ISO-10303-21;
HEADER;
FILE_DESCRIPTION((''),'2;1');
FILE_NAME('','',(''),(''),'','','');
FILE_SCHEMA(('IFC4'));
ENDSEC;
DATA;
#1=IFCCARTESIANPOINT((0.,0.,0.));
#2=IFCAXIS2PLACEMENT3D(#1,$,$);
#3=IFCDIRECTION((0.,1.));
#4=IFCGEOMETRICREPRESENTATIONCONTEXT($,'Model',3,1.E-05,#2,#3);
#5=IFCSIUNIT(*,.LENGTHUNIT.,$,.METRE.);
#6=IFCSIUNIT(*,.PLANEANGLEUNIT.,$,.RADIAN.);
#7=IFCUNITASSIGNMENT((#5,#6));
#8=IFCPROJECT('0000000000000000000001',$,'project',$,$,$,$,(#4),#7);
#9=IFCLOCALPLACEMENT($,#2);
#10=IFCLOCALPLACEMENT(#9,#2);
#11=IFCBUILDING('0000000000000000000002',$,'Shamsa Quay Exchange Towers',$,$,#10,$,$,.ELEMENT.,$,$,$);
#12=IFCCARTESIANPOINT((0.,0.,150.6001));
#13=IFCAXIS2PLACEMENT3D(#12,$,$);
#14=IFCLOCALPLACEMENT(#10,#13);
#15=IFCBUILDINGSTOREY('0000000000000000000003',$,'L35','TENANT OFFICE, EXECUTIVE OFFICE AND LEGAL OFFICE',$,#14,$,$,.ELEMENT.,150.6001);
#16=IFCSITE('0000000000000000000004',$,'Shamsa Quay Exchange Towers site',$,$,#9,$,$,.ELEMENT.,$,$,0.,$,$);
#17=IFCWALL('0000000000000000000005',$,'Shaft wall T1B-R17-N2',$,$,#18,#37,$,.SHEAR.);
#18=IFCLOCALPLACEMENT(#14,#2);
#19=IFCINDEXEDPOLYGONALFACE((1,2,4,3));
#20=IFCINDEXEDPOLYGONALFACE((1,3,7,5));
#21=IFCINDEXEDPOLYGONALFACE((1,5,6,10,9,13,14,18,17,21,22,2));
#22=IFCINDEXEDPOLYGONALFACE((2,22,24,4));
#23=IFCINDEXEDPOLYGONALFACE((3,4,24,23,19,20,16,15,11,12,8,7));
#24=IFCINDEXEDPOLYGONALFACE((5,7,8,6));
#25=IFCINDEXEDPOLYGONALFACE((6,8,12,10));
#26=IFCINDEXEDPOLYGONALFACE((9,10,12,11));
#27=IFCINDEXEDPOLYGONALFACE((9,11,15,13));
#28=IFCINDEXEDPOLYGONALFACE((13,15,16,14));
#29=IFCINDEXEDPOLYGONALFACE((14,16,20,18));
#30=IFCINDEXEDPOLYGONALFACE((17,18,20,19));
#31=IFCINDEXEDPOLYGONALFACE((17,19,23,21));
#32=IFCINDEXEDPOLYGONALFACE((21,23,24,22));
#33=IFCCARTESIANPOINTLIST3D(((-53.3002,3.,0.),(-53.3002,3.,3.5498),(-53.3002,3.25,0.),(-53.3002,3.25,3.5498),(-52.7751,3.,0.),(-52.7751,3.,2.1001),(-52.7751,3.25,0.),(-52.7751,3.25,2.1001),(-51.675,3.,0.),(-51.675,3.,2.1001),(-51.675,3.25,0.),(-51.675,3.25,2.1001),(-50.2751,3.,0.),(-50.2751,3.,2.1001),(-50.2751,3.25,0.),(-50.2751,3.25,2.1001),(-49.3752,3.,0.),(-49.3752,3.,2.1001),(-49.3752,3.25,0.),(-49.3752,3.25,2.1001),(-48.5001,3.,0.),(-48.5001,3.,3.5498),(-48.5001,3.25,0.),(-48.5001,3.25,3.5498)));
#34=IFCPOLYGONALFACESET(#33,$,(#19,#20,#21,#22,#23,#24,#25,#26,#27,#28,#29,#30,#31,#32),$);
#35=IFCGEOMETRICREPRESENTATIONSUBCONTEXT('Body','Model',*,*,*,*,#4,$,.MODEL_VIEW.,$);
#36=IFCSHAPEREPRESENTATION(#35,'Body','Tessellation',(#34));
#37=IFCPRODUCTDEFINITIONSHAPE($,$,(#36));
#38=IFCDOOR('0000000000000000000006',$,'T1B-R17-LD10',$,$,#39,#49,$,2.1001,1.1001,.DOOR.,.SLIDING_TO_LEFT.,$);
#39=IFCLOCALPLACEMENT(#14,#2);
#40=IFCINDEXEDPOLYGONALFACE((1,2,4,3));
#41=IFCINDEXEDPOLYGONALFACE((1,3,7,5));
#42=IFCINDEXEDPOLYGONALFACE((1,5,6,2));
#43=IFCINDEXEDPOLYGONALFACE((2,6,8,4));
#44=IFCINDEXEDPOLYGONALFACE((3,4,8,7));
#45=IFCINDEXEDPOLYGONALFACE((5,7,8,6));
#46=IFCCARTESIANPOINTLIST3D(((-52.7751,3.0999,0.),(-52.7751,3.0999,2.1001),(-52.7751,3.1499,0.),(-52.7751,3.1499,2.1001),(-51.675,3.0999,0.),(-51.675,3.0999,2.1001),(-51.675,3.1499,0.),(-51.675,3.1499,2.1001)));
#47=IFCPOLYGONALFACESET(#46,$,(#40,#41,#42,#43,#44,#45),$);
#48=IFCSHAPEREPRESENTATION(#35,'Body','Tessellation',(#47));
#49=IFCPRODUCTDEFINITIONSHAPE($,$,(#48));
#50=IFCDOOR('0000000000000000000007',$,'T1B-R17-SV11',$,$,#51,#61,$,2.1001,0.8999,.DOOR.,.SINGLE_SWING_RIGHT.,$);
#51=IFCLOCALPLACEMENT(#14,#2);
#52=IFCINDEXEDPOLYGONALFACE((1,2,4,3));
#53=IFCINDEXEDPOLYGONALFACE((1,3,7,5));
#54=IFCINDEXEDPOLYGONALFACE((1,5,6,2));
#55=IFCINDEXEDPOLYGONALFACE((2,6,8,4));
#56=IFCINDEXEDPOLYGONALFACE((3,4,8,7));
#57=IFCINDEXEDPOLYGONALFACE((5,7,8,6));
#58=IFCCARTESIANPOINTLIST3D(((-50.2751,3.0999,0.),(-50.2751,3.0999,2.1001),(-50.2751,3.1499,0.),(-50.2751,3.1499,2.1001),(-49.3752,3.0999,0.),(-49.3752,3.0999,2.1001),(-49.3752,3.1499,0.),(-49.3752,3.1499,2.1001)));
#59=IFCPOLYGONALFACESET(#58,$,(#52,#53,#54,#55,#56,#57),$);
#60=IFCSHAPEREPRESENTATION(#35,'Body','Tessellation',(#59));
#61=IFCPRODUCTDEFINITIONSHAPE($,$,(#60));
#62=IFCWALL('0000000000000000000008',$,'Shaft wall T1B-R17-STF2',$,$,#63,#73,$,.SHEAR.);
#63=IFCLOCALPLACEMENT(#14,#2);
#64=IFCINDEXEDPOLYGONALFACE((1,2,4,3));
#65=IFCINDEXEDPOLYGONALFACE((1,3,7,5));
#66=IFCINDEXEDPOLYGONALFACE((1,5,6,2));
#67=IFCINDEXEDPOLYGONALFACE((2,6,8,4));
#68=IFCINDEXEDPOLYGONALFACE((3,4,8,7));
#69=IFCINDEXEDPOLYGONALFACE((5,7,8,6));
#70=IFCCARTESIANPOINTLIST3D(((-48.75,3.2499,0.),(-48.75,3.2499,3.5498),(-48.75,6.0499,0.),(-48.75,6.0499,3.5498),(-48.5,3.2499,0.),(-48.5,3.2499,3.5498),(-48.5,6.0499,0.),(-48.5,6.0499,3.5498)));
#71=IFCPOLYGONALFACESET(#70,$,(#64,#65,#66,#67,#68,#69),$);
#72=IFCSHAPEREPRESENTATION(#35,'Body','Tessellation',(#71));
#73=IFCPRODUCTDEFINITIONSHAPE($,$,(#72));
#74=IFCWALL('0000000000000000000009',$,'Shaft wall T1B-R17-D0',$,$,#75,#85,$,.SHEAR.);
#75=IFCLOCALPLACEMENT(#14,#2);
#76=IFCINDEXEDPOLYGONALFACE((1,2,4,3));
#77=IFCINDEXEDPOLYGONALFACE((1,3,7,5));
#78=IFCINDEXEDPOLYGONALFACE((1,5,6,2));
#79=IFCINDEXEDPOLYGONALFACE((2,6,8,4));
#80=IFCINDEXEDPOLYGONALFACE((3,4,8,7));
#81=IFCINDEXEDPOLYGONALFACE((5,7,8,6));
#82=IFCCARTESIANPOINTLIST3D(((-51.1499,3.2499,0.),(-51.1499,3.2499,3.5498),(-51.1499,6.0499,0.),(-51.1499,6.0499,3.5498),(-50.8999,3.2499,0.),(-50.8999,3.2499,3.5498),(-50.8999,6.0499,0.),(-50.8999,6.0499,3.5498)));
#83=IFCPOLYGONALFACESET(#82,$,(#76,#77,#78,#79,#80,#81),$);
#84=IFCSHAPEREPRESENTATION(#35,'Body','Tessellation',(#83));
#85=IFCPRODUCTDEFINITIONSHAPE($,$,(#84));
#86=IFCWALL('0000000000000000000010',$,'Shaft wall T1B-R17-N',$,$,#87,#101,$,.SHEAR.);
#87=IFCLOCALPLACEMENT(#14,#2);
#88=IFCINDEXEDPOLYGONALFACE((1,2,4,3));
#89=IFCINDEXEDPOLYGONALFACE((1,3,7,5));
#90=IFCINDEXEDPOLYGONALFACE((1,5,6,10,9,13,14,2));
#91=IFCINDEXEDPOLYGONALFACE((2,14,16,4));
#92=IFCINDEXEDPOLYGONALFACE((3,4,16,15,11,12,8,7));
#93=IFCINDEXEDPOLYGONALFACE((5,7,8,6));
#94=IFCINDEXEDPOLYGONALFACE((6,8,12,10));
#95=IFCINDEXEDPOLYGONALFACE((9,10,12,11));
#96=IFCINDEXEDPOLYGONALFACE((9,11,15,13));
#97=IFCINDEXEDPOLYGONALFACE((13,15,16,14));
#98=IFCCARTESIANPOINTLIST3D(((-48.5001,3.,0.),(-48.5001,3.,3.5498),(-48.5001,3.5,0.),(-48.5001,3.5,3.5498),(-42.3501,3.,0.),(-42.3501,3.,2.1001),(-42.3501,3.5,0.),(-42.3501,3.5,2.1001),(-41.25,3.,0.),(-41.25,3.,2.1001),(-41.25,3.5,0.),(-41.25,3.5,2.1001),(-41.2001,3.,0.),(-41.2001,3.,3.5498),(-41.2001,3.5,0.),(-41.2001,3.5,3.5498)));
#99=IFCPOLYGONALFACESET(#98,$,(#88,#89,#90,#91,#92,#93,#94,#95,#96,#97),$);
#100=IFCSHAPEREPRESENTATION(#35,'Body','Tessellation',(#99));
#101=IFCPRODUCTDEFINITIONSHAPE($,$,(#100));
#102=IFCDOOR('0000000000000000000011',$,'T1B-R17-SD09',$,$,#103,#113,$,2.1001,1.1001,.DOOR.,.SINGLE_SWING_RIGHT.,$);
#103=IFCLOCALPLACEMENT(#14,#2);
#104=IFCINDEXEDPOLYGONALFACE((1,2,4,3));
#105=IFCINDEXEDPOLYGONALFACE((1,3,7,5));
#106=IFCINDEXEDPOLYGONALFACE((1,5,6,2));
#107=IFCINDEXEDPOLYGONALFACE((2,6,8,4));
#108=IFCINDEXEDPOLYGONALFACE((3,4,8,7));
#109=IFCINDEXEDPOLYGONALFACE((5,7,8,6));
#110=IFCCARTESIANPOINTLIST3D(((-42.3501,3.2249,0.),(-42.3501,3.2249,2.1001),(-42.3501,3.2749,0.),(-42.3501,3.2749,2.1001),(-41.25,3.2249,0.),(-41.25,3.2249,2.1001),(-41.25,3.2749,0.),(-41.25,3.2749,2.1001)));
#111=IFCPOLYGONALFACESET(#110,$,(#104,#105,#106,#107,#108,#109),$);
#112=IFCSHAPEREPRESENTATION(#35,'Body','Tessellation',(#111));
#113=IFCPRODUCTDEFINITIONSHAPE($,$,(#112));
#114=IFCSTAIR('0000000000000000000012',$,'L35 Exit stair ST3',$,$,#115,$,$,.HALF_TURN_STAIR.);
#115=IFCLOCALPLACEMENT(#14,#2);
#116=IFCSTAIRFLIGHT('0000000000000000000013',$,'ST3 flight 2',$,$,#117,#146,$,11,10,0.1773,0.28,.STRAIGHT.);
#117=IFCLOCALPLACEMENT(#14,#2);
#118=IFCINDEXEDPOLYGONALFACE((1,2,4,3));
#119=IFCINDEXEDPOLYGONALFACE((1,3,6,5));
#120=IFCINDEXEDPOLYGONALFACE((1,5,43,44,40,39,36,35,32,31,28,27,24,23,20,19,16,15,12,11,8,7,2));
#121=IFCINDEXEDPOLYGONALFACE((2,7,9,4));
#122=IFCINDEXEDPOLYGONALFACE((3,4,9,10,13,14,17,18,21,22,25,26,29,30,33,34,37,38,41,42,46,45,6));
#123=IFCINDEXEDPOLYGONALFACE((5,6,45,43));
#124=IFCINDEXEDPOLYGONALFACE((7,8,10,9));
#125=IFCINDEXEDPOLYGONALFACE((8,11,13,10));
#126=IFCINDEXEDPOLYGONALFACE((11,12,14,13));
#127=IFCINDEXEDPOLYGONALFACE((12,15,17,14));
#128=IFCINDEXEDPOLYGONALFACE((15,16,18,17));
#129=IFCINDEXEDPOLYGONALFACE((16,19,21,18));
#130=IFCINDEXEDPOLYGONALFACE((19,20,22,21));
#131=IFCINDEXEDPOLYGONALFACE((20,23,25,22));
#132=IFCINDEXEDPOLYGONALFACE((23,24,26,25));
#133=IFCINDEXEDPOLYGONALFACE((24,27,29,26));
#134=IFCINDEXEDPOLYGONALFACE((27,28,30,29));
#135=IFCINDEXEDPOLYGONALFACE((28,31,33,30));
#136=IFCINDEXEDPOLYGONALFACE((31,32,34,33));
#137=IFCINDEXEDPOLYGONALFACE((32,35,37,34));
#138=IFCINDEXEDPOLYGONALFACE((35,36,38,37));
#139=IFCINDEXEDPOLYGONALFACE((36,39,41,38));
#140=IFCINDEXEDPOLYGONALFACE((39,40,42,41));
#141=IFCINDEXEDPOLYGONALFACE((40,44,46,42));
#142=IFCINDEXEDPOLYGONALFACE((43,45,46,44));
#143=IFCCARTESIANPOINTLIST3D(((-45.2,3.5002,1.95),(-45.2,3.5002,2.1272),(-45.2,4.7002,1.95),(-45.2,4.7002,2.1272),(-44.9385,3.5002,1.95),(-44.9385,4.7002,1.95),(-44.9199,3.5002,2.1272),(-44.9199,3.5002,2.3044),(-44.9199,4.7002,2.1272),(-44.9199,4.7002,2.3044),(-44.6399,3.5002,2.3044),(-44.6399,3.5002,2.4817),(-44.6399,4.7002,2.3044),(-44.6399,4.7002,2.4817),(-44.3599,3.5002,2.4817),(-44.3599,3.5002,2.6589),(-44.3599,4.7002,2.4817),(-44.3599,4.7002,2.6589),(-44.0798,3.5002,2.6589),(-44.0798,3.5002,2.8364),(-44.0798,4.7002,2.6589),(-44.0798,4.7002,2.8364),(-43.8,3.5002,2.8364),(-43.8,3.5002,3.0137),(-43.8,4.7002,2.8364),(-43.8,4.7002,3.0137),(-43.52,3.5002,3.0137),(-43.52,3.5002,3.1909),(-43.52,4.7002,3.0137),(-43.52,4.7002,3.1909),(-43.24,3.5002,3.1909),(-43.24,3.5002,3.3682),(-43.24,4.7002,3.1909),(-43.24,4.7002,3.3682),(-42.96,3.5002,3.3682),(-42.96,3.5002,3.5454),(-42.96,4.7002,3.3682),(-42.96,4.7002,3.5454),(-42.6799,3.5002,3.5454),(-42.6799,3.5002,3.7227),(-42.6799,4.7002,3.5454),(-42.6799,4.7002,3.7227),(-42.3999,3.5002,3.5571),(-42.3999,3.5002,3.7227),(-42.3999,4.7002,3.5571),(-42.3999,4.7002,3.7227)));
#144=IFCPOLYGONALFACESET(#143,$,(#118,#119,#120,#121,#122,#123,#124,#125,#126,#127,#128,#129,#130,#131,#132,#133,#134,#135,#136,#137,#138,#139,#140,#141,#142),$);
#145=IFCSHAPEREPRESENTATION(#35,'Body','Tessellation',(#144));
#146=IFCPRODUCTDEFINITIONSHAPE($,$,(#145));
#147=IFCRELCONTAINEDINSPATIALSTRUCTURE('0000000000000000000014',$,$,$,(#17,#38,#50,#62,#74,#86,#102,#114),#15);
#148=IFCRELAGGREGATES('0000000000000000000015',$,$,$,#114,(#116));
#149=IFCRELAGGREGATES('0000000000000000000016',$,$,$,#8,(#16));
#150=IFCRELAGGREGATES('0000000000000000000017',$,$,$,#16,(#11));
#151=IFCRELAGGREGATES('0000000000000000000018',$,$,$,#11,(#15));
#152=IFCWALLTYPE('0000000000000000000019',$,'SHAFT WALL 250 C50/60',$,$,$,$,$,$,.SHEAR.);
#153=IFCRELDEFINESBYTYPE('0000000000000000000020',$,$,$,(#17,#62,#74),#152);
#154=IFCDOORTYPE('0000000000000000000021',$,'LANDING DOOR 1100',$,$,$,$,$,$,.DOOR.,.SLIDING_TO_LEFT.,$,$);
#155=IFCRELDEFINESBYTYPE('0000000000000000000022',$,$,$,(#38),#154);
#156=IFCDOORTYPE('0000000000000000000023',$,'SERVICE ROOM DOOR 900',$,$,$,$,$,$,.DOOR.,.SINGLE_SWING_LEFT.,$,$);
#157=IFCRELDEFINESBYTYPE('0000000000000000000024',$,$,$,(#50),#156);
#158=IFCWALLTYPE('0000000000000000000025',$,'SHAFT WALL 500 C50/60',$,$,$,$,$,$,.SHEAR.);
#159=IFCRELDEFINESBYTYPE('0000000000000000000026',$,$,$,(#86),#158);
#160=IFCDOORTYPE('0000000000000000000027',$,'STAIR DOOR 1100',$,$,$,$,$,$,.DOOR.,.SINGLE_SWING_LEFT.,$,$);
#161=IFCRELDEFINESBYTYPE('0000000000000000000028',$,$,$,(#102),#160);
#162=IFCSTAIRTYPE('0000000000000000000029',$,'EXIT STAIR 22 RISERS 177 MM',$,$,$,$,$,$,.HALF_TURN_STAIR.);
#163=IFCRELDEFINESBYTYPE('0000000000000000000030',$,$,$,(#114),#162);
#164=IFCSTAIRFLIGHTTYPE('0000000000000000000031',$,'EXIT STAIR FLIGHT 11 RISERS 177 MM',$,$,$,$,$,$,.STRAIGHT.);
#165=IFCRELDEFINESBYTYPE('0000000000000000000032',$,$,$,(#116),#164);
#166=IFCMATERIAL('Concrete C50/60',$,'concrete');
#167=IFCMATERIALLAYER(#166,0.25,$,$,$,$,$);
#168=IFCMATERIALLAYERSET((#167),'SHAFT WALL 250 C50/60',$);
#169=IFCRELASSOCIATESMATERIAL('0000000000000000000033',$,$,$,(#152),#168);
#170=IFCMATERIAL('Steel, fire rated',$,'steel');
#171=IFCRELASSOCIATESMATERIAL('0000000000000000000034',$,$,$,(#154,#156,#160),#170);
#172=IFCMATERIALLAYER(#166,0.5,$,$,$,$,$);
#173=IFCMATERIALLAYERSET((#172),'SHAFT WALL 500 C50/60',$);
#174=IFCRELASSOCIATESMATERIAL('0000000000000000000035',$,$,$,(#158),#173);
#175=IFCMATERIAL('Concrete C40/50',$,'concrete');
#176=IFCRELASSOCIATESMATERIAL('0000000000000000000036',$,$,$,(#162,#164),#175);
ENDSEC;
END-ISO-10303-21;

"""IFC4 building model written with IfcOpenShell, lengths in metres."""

from ifc_helpers import new_model, si_unit, direction, frame, frame_2d, origin, place, context, subcontext, project, spatial, polyline, rectangle, outline, extrude, material, layer, layer_set, type_object, element, fill, aggregate, save


model = new_model("IFC4")

# Units and contexts
model_context = context("Model", 3, precision=1e-05, world=origin(), true_north=direction((0.0, 1.0)))
body_context = subcontext(model_context, "Body", "Model", "MODEL_VIEW")
ifc_project = project(units=[si_unit("LENGTHUNIT", "METRE"), si_unit("PLANEANGLEUNIT", "RADIAN")], contexts=[model_context])

# Site, building, storey
site_placement = place(None, origin())
site = spatial("IfcSite", under=ifc_project, at=site_placement, Name="Shamsa Quay Exchange Towers site", CompositionType="ELEMENT", RefElevation=0.0)
building_placement = place(site_placement, origin())
building = spatial("IfcBuilding", under=site, at=building_placement, Name="Shamsa Quay Exchange Towers", CompositionType="ELEMENT")
storey_placement = place(building_placement, frame((0.0, 0.0, 150.6001)))
storey = spatial("IfcBuildingStorey", under=building, at=storey_placement, Name="L35", Description="TENANT OFFICE, EXECUTIVE OFFICE AND LEGAL OFFICE", CompositionType="ELEMENT", Elevation=150.6001)

# Wall, openings, doors
ifc_material_1 = material(Name="Concrete C50/60", Category="concrete")
ifc_layer_1 = layer(ifc_material_1, 0.25)
ifc_layer_set_1 = layer_set([ifc_layer_1], Name="SHAFT WALL 250 C50/60")
wall_type_1 = type_object("IfcWallType", Name="SHAFT WALL 250 C50/60", PredefinedType="SHEAR", material=ifc_layer_set_1)
wall_1_placement = place(storey_placement, frame((-53.3, 3.125, 0.0)))
wall_1 = element("IfcWall", 1, at=wall_1_placement, inside=storey, type_object=wall_type_1, Name="Shaft wall T1B-R17-N2", PredefinedType="SHEAR", context=body_context, shape_type="SweptSolid", body=[
    extrude(rectangle(XDim=4.8, YDim=0.25, at=frame_2d((2.3999, 0.0))), origin(), (0.0, 0.0, 1.0), 3.5498),
])
opening_1_placement = place(wall_1_placement, frame((0.5249, 0.0, 0.0)))
opening_1 = element("IfcOpeningElement", 2, at=opening_1_placement, cuts=wall_1, PredefinedType="OPENING", context=body_context, shape_type="SweptSolid", body=[
    extrude(rectangle(XDim=1.1001, YDim=2.1001, at=frame_2d((0.55, 1.05))), frame((0.0, 0.135, 0.0), z_axis=(0.0, -1.0, 0.0), x_axis=(1.0, 0.0, 0.0)), (0.0, 0.0, 1.0), 0.27),
])
opening_2_placement = place(wall_1_placement, frame((3.0249, 0.0, 0.0)))
opening_2 = element("IfcOpeningElement", 3, at=opening_2_placement, cuts=wall_1, PredefinedType="OPENING", context=body_context, shape_type="SweptSolid", body=[
    extrude(rectangle(XDim=0.8999, YDim=2.1001, at=frame_2d((0.45, 1.05))), frame((0.0, 0.135, 0.0), z_axis=(0.0, -1.0, 0.0), x_axis=(1.0, 0.0, 0.0)), (0.0, 0.0, 1.0), 0.27),
])
ifc_material_2 = material(Name="Steel, fire rated", Category="steel")
door_type_1 = type_object("IfcDoorType", Name="LANDING DOOR 1100", OperationType="SLIDING_TO_LEFT", PredefinedType="DOOR", material=ifc_material_2)
door_1_placement = place(opening_1_placement, origin())
door_1 = element("IfcDoor", 4, at=door_1_placement, inside=storey, type_object=door_type_1, Name="T1B-R17-LD10", OperationType="SLIDING_TO_LEFT", OverallHeight=2.1001, OverallWidth=1.1001, PredefinedType="DOOR", context=body_context, shape_type="SweptSolid", body=[
    extrude(rectangle(XDim=1.1001, YDim=2.1001, at=frame_2d((0.55, 1.05))), frame((0.0, 0.0249, 0.0), z_axis=(0.0, -1.0, 0.0), x_axis=(1.0, 0.0, 0.0)), (0.0, 0.0, 1.0), 0.05),
])
fill(opening_1, door_1)
door_type_2 = type_object("IfcDoorType", Name="SERVICE ROOM DOOR 900", OperationType="SINGLE_SWING_LEFT", PredefinedType="DOOR", material=ifc_material_2)
door_2_placement = place(opening_2_placement, origin())
door_2 = element("IfcDoor", 5, at=door_2_placement, inside=storey, type_object=door_type_2, Name="T1B-R17-SV11", OperationType="SINGLE_SWING_RIGHT", OverallHeight=2.1001, OverallWidth=0.8999, PredefinedType="DOOR", context=body_context, shape_type="SweptSolid", body=[
    extrude(rectangle(XDim=0.8999, YDim=2.1001, at=frame_2d((0.45, 1.05))), frame((0.0, 0.0249, 0.0), z_axis=(0.0, -1.0, 0.0), x_axis=(1.0, 0.0, 0.0)), (0.0, 0.0, 1.0), 0.05),
])
fill(opening_2, door_2)

# Walls
for number, where, z_axis, x_axis, name in (
    (6, (-48.625, 3.25, 0.0), (0.0, 0.0, 1.0), (0.0, 1.0, 0.0), "Shaft wall T1B-R17-STF2"),
    (7, (-51.0249, 3.25, 0.0), (0.0, 0.0, 1.0), (0.0, 1.0, 0.0), "Shaft wall T1B-R17-D0"),
):
    element("IfcWall", number, at=place(storey_placement, frame(where, z_axis=z_axis, x_axis=x_axis)), inside=storey, type_object=wall_type_1, Name=name, PredefinedType="SHEAR", context=body_context, shape_type="SweptSolid", body=[
        extrude(rectangle(XDim=2.8, YDim=0.25, at=frame_2d((1.3999, 0.0))), origin(), (0.0, 0.0, 1.0), 3.5498),
    ])

# Wall, opening, door
ifc_layer_2 = layer(ifc_material_1, 0.5)
ifc_layer_set_2 = layer_set([ifc_layer_2], Name="SHAFT WALL 500 C50/60")
wall_type_2 = type_object("IfcWallType", Name="SHAFT WALL 500 C50/60", PredefinedType="SHEAR", material=ifc_layer_set_2)
wall_2_placement = place(storey_placement, frame((-48.5, 3.25, 0.0)))
wall_2 = element("IfcWall", 8, at=wall_2_placement, inside=storey, type_object=wall_type_2, Name="Shaft wall T1B-R17-N", PredefinedType="SHEAR", context=body_context, shape_type="SweptSolid", body=[
    extrude(rectangle(XDim=7.3, YDim=0.5, at=frame_2d((3.6499, 0.0))), origin(), (0.0, 0.0, 1.0), 3.5498),
])
opening_3_placement = place(wall_2_placement, frame((6.1499, 0.0, 0.0)))
opening_3 = element("IfcOpeningElement", 9, at=opening_3_placement, cuts=wall_2, PredefinedType="OPENING", context=body_context, shape_type="SweptSolid", body=[
    extrude(rectangle(XDim=1.1001, YDim=2.1001, at=frame_2d((0.55, 1.05))), frame((0.0, 0.26, 0.0), z_axis=(0.0, -1.0, 0.0), x_axis=(1.0, 0.0, 0.0)), (0.0, 0.0, 1.0), 0.52),
])
door_type_3 = type_object("IfcDoorType", Name="STAIR DOOR 1100", OperationType="SINGLE_SWING_LEFT", PredefinedType="DOOR", material=ifc_material_2)
door_3_placement = place(opening_3_placement, origin())
door_3 = element("IfcDoor", 10, at=door_3_placement, inside=storey, type_object=door_type_3, Name="T1B-R17-SD09", OperationType="SINGLE_SWING_RIGHT", OverallHeight=2.1001, OverallWidth=1.1001, PredefinedType="DOOR", context=body_context, shape_type="SweptSolid", body=[
    extrude(rectangle(XDim=1.1001, YDim=2.1001, at=frame_2d((0.55, 1.05))), frame((0.0, 0.0249, 0.0), z_axis=(0.0, -1.0, 0.0), x_axis=(1.0, 0.0, 0.0)), (0.0, 0.0, 1.0), 0.05),
])
fill(opening_3, door_3)

# Stair, stair flight
ifc_material_3 = material(Name="Concrete C40/50", Category="concrete")
stair_type = type_object("IfcStairType", Name="EXIT STAIR 22 RISERS 177 MM", PredefinedType="HALF_TURN_STAIR", material=ifc_material_3)
stair_placement = place(storey_placement, origin())
stair = element("IfcStair", 11, at=stair_placement, inside=storey, type_object=stair_type, Name="L35 Exit stair ST3", PredefinedType="HALF_TURN_STAIR")
stair_flight_type = type_object("IfcStairFlightType", Name="EXIT STAIR FLIGHT 11 RISERS 177 MM", PredefinedType="STRAIGHT", material=ifc_material_3)
stair_flight_placement = place(storey_placement, frame((-45.2, 4.1001, 1.95)))
stair_flight = element("IfcStairFlight", 12, at=stair_flight_placement, type_object=stair_flight_type, Name="ST3 flight 2", NumberOfRisers=11, NumberOfTreads=10, PredefinedType="STRAIGHT", RiserHeight=0.1773, TreadLength=0.28, context=body_context, shape_type="SweptSolid", body=[
    extrude(outline(polyline([(0.0, 0.0), (0.0, 0.1772), (0.28, 0.1772), (0.28, 0.3545), (0.5601, 0.3545), (0.5601, 0.5317), (0.8401, 0.5317), (0.8401, 0.709), (1.1201, 0.709), (1.1201, 0.8865), (1.3999, 0.8865), (1.3999, 1.0637), (1.6799, 1.0637), (1.6799, 1.241), (1.96, 1.241), (1.96, 1.4182), (2.24, 1.4182), (2.24, 1.5955), (2.52, 1.5955), (2.52, 1.7727), (2.8, 1.7727), (2.8, 1.95), (2.8, 1.6072), (0.2615, 0.0), (0.0, 0.0)])), frame((0.0, 0.6001, 0.0), z_axis=(0.0, -1.0, 0.0), x_axis=(1.0, 0.0, 0.0)), (0.0, 0.0, 1.0), 1.2),
])
aggregate(stair, [stair_flight])

save(model, "model.ifc")
